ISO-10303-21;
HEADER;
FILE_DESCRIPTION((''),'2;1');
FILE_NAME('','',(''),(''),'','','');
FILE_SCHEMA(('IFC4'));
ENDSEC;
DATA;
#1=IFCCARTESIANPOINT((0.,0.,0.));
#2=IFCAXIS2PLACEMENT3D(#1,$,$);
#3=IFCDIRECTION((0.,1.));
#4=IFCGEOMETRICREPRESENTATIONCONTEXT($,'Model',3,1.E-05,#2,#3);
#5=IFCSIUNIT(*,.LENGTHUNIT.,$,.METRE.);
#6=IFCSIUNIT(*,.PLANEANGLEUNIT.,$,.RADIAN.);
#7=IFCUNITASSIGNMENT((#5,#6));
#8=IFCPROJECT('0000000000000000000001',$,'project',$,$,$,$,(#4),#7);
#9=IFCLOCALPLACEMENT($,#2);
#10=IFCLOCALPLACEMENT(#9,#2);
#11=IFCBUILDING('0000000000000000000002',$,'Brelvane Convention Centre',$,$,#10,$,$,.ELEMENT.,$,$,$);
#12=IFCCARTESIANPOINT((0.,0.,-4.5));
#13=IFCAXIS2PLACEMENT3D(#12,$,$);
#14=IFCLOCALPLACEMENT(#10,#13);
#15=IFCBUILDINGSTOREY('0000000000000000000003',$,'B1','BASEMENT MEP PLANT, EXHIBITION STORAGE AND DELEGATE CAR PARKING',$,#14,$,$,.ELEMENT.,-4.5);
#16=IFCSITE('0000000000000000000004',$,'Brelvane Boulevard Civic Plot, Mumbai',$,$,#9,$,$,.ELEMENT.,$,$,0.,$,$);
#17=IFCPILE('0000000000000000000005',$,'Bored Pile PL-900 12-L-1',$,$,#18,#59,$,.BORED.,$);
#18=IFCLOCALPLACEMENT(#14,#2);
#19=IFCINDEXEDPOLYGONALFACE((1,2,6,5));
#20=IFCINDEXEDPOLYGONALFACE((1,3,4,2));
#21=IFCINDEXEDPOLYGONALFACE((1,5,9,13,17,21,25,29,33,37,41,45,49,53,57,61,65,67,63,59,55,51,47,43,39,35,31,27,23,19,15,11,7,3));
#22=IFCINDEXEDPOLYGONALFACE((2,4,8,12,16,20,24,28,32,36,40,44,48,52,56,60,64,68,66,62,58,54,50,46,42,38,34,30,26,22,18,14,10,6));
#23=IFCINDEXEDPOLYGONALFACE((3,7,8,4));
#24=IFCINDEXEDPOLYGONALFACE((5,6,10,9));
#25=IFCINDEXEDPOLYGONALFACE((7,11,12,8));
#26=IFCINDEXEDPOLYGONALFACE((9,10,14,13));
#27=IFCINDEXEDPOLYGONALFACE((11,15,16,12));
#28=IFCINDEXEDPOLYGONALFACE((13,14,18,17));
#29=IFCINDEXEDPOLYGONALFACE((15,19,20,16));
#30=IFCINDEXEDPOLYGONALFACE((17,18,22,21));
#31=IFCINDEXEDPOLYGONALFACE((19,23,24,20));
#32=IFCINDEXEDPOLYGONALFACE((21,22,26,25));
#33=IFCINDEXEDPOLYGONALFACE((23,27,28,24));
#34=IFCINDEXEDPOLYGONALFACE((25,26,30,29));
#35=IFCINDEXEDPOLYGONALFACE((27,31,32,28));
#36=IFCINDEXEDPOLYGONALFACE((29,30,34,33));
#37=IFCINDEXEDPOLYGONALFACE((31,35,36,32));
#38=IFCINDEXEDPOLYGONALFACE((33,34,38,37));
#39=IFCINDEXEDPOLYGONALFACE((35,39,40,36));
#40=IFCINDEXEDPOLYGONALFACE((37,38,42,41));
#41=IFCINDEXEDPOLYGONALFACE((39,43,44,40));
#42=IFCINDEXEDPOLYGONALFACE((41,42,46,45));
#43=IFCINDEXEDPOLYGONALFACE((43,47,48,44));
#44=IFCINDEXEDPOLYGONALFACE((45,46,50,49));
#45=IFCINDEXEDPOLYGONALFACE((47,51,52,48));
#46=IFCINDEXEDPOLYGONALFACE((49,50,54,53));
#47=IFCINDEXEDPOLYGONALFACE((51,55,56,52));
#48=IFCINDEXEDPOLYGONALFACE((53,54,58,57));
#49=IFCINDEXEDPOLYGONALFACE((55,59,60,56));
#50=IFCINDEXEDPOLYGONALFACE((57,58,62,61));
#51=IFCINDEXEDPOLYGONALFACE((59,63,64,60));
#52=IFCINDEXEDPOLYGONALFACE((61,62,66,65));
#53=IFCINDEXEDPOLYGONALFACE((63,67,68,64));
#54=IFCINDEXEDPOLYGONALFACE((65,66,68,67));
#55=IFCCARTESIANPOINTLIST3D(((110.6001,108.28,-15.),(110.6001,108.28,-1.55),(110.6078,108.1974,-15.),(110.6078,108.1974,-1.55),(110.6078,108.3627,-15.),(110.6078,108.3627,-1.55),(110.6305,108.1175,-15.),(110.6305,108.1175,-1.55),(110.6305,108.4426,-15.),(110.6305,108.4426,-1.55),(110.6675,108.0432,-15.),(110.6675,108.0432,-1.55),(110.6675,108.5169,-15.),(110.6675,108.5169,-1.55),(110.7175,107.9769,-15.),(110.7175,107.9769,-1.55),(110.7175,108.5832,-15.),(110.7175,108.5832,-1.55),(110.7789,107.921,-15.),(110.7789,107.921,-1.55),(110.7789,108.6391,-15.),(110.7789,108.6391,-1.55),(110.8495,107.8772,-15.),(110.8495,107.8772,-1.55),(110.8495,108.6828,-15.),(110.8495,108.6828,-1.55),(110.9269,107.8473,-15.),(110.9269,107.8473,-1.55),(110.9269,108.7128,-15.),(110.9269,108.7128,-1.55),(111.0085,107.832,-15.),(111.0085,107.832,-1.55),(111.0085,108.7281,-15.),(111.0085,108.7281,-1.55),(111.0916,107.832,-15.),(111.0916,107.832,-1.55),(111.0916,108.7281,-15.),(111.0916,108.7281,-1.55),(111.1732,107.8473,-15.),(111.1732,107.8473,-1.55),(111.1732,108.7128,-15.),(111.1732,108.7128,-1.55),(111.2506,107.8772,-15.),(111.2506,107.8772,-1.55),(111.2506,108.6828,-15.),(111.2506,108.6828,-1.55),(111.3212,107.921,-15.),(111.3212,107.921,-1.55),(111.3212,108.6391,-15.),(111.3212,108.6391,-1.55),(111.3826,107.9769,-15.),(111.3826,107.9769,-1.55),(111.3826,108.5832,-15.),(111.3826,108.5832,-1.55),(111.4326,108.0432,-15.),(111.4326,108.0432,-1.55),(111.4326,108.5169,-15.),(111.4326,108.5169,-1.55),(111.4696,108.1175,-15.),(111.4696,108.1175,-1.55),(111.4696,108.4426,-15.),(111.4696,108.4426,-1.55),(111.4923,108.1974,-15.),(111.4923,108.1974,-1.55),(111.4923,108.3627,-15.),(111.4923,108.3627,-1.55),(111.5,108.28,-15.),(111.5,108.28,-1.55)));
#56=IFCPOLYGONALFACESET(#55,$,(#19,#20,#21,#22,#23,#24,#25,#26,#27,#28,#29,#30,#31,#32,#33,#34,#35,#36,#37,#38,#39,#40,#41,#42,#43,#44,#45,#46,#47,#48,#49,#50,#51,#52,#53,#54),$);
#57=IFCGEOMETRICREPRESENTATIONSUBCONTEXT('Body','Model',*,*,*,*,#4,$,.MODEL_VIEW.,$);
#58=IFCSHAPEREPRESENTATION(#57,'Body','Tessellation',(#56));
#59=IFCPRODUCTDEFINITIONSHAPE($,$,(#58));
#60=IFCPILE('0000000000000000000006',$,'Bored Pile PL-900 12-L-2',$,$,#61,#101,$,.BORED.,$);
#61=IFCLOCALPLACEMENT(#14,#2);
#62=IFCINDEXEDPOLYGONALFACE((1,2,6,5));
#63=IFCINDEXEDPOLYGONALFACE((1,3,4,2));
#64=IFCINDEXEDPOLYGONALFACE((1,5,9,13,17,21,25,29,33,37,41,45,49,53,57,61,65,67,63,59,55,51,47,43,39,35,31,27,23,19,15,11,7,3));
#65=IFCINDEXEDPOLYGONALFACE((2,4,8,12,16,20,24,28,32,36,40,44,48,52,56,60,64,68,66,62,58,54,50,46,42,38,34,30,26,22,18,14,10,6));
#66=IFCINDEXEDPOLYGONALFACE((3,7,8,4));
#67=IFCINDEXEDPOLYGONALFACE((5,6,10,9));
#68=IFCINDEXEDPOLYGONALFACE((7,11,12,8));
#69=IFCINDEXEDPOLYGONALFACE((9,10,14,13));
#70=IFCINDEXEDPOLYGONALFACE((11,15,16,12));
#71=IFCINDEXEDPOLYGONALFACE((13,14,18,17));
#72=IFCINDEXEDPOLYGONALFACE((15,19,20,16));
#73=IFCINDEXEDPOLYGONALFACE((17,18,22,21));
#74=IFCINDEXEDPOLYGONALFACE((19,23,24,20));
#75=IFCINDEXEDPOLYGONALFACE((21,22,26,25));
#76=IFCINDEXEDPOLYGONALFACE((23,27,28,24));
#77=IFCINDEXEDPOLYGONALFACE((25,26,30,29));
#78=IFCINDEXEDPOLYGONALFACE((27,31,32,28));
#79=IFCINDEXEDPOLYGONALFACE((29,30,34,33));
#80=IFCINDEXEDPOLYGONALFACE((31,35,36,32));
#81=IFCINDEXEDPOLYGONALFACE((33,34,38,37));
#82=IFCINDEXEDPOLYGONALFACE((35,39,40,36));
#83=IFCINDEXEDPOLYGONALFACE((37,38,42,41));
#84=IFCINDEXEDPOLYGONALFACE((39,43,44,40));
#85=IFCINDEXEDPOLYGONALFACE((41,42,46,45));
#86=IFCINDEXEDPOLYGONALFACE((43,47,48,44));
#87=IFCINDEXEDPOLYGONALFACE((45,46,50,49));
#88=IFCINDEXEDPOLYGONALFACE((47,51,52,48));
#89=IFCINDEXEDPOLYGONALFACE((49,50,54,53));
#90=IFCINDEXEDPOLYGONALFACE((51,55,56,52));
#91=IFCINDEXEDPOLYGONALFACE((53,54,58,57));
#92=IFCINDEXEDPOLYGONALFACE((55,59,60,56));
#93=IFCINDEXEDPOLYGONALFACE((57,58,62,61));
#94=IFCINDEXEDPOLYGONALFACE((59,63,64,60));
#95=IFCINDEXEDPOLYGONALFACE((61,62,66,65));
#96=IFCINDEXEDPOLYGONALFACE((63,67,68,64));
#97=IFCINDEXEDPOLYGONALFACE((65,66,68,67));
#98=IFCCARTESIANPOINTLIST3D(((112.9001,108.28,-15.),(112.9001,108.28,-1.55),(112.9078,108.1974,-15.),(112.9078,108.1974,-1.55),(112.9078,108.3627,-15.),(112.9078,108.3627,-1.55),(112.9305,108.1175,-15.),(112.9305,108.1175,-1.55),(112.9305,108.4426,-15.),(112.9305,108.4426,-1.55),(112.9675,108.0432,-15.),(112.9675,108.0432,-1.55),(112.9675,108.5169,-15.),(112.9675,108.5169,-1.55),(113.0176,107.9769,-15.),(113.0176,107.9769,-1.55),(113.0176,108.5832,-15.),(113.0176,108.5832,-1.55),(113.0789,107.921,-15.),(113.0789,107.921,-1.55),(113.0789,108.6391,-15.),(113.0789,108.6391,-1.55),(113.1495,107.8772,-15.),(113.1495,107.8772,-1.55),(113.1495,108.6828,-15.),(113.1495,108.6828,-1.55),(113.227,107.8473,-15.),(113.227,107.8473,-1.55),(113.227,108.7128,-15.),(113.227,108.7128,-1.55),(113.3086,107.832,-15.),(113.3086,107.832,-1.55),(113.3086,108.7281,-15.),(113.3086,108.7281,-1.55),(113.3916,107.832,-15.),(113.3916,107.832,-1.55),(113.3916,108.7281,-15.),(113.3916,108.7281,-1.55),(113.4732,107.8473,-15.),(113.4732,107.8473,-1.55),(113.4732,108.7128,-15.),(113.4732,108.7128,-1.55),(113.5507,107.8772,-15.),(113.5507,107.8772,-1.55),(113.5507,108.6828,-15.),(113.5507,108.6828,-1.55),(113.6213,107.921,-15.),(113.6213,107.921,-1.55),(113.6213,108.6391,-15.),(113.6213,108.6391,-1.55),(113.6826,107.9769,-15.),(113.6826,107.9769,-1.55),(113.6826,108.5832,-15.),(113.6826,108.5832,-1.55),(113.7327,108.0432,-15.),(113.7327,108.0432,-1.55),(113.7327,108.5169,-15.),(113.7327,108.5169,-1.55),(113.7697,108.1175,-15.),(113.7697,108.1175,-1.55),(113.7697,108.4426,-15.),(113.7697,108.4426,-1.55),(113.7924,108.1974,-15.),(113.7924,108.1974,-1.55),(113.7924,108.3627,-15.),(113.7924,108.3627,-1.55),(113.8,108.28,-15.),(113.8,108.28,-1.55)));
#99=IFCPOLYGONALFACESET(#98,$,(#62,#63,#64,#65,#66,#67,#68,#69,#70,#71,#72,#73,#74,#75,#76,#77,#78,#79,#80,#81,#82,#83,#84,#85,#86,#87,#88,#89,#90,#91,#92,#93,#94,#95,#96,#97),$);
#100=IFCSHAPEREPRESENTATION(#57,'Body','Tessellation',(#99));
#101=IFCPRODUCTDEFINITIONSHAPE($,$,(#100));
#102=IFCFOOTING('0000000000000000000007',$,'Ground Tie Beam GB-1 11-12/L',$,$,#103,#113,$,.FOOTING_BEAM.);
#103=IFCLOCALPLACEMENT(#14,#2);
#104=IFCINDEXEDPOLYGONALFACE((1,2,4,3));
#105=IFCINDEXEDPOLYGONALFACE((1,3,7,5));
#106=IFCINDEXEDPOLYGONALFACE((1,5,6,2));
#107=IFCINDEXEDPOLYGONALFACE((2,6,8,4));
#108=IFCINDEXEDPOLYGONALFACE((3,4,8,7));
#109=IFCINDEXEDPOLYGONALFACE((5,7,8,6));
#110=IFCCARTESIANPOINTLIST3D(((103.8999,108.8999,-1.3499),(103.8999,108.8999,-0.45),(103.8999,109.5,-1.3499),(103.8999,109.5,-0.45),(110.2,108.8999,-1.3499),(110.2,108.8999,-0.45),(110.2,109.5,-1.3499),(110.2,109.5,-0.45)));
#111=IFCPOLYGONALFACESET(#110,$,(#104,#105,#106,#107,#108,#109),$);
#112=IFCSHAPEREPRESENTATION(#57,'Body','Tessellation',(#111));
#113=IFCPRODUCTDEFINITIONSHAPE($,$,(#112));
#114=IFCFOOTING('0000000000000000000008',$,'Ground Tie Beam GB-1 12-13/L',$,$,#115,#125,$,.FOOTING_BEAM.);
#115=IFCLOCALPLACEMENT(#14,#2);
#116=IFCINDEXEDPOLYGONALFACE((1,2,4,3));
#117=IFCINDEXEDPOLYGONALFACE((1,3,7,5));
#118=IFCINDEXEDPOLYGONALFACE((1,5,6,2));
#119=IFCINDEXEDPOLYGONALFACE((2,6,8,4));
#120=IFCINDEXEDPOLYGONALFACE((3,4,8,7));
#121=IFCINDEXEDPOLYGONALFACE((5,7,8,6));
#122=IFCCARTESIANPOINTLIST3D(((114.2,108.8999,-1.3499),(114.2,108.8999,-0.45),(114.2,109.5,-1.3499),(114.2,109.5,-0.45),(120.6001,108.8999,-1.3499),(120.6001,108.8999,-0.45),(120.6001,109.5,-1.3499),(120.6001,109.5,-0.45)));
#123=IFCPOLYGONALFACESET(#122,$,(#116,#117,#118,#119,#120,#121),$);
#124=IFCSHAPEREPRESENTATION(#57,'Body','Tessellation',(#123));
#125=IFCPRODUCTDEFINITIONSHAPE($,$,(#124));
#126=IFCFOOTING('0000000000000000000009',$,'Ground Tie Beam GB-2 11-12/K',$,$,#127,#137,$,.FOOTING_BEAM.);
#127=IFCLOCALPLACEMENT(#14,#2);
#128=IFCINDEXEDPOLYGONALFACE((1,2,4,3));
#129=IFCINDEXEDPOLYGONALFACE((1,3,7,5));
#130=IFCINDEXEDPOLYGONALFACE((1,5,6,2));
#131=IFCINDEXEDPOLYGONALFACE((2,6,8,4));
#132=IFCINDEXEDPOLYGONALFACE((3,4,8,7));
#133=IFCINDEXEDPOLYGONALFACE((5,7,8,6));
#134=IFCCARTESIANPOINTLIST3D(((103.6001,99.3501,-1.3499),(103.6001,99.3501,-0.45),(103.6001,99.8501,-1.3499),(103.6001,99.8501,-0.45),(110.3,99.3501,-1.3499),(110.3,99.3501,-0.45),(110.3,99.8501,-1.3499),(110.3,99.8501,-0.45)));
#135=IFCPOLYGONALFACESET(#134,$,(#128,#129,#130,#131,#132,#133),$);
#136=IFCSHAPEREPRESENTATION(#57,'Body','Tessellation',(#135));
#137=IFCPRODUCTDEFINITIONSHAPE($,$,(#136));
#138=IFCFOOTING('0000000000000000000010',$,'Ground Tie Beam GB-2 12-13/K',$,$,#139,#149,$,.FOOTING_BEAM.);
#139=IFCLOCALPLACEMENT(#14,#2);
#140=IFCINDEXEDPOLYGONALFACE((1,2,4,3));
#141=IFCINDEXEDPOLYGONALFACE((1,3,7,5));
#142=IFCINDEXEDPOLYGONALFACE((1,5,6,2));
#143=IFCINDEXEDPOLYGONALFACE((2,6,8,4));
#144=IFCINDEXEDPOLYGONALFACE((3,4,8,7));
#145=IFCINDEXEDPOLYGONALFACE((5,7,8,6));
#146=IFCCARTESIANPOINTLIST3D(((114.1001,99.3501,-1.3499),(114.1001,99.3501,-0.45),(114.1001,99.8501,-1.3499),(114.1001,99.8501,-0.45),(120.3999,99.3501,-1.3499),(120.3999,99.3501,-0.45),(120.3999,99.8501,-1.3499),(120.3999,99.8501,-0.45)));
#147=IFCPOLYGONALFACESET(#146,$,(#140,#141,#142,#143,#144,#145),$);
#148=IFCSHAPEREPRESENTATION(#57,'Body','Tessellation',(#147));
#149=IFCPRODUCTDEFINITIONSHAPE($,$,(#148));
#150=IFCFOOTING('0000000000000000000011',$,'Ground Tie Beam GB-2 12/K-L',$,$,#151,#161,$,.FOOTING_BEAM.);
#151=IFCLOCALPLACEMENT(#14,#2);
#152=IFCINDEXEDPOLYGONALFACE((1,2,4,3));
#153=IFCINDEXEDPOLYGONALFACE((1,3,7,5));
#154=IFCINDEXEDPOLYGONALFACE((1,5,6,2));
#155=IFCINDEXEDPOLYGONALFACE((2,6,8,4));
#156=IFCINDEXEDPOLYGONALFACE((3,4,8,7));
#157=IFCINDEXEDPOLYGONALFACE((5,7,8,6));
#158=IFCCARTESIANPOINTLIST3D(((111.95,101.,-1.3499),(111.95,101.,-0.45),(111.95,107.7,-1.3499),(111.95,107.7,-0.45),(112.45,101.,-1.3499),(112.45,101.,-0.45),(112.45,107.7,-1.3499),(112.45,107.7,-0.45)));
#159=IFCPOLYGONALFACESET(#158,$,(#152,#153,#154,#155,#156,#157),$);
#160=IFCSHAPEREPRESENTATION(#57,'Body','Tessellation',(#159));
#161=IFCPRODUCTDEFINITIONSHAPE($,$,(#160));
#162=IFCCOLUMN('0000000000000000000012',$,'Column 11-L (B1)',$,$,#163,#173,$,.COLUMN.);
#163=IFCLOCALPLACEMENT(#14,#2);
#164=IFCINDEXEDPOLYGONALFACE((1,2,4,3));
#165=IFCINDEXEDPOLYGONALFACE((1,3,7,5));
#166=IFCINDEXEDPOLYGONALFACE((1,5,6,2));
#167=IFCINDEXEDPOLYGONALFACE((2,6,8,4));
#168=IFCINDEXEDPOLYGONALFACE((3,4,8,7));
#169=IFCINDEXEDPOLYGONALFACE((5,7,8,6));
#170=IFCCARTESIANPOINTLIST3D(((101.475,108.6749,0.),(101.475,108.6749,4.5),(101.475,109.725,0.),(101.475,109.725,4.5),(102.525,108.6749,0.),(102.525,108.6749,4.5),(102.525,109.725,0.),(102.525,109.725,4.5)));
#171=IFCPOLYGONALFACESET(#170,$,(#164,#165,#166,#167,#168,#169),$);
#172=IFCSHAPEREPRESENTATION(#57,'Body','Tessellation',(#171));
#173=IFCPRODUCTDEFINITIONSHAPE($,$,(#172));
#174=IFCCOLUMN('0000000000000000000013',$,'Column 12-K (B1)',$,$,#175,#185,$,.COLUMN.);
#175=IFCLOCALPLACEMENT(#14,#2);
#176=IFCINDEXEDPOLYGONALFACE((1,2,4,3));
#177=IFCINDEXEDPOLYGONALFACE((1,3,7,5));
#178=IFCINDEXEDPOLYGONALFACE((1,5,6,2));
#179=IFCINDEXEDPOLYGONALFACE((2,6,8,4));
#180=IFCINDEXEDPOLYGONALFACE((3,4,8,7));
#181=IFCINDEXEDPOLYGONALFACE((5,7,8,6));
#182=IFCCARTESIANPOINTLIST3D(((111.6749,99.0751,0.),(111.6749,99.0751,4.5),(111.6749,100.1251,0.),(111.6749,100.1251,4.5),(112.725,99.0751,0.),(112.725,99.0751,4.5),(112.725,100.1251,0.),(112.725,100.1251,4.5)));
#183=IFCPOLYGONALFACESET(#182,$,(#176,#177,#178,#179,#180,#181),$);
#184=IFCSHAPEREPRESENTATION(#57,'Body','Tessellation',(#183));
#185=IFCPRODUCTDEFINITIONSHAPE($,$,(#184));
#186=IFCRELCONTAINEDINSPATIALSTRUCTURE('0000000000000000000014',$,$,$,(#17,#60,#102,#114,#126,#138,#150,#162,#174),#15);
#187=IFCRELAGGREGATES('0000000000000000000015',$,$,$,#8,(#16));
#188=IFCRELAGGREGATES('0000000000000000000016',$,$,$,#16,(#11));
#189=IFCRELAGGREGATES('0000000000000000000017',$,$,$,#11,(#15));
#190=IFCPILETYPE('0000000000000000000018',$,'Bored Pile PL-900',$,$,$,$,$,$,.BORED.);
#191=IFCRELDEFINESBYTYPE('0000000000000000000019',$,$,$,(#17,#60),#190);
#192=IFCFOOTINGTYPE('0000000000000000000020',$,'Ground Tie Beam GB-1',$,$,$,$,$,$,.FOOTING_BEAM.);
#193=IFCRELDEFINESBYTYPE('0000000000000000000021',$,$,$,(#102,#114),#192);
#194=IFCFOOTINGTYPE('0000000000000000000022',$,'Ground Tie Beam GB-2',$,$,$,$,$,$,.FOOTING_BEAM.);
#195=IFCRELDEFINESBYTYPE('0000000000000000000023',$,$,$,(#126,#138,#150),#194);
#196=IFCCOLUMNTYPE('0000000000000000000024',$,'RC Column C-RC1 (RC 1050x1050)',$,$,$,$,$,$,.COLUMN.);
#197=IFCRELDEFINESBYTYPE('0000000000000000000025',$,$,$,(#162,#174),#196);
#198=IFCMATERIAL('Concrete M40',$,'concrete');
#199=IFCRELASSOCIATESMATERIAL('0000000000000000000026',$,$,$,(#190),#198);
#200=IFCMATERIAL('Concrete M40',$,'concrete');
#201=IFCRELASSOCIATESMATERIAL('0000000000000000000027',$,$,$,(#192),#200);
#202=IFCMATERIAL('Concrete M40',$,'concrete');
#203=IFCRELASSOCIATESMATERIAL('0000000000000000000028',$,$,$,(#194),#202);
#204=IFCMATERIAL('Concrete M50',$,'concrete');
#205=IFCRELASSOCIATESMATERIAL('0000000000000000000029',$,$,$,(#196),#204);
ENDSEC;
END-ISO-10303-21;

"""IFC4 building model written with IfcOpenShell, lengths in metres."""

from ifc_helpers import new_model, si_unit, direction, frame, origin, origin_2d, place, context, subcontext, project, spatial, rectangle, circle, extrude, material, material_profile, profile_set, type_object, element, save


model = new_model("IFC4")

# Units and contexts
model_context = context("Model", 3, precision=1e-05, world=origin(), true_north=direction((0.0, 1.0)))
body_context = subcontext(model_context, "Body", "Model", "MODEL_VIEW")
ifc_project = project(units=[si_unit("LENGTHUNIT", "METRE"), si_unit("PLANEANGLEUNIT", "RADIAN")], contexts=[model_context])

# Site, building, storey
site_placement = place(None, origin())
site = spatial("IfcSite", under=ifc_project, at=site_placement, Name="Brelvane Boulevard Civic Plot, Mumbai", CompositionType="ELEMENT", RefElevation=0.0)
building_placement = place(site_placement, origin())
building = spatial("IfcBuilding", under=site, at=building_placement, Name="Brelvane Convention Centre", CompositionType="ELEMENT")
storey_placement = place(building_placement, frame((0.0, 0.0, -4.5)))
storey = spatial("IfcBuildingStorey", under=building, at=storey_placement, Name="B1", Description="BASEMENT MEP PLANT, EXHIBITION STORAGE AND DELEGATE CAR PARKING", CompositionType="ELEMENT", Elevation=-4.5)

# Piles
ifc_material_1 = material(Name="Concrete M40", Category="concrete")
ifc_material_profile_1 = material_profile(ifc_material_1, circle(Radius=0.45, at=origin_2d()), Name="PILE D900")
ifc_profile_set_1 = profile_set([ifc_material_profile_1], Name="Concrete M40")
pile_type = type_object("IfcPileType", Name="Bored Pile PL-900", PredefinedType="BORED", material=ifc_profile_set_1)
for number, where, z_axis, x_axis, name in (
    (1, (111.05, 108.28, -1.55), (0.0, 0.0, -1.0), (1.0, 0.0, 0.0), "Bored Pile PL-900 12-L-1"),
    (2, (113.3501, 108.28, -1.55), (0.0, 0.0, -1.0), (1.0, 0.0, 0.0), "Bored Pile PL-900 12-L-2"),
):
    element("IfcPile", number, at=place(storey_placement, frame(where, z_axis=z_axis, x_axis=x_axis)), inside=storey, type_object=pile_type, Name=name, PredefinedType="BORED", context=body_context, shape_type="SweptSolid", body=[
        extrude(circle(Radius=0.45, at=origin_2d()), origin(), (0.0, 0.0, 1.0), 13.45),
    ])

# Footings
ifc_material_2 = material(Name="Concrete M40", Category="concrete")
ifc_material_profile_2 = material_profile(ifc_material_2, rectangle(XDim=0.6001, YDim=0.8999, at=origin_2d()), Name="RC 600x900")
ifc_profile_set_2 = profile_set([ifc_material_profile_2], Name="Concrete M40")
footing_type_1 = type_object("IfcFootingType", Name="Ground Tie Beam GB-1", PredefinedType="FOOTING_BEAM", material=ifc_profile_set_2)
footing_1_placement = place(storey_placement, frame((103.8999, 109.2, -0.8999), z_axis=(1.0, 0.0, 0.0), x_axis=(0.0, 1.0, 0.0)))
element("IfcFooting", 3, at=footing_1_placement, inside=storey, type_object=footing_type_1, Name="Ground Tie Beam GB-1 11-12/L", PredefinedType="FOOTING_BEAM", context=body_context, shape_type="SweptSolid", body=[
    extrude(rectangle(XDim=0.6001, YDim=0.8999, at=origin_2d()), origin(), (0.0, 0.0, 1.0), 6.3),
])
footing_2_placement = place(storey_placement, frame((114.2, 109.2, -0.8999), z_axis=(1.0, 0.0, 0.0), x_axis=(0.0, 1.0, 0.0)))
element("IfcFooting", 4, at=footing_2_placement, inside=storey, type_object=footing_type_1, Name="Ground Tie Beam GB-1 12-13/L", PredefinedType="FOOTING_BEAM", context=body_context, shape_type="SweptSolid", body=[
    extrude(rectangle(XDim=0.6001, YDim=0.8999, at=origin_2d()), origin(), (0.0, 0.0, 1.0), 6.4001),
])
ifc_material_3 = material(Name="Concrete M40", Category="concrete")
ifc_material_profile_3 = material_profile(ifc_material_3, rectangle(XDim=0.5, YDim=0.8999, at=origin_2d()), Name="RC 500x900")
ifc_profile_set_3 = profile_set([ifc_material_profile_3], Name="Concrete M40")
footing_type_2 = type_object("IfcFootingType", Name="Ground Tie Beam GB-2", PredefinedType="FOOTING_BEAM", material=ifc_profile_set_3)
footing_3_placement = place(storey_placement, frame((103.6001, 99.6001, -0.8999), z_axis=(1.0, 0.0, 0.0), x_axis=(0.0, 1.0, 0.0)))
element("IfcFooting", 5, at=footing_3_placement, inside=storey, type_object=footing_type_2, Name="Ground Tie Beam GB-2 11-12/K", PredefinedType="FOOTING_BEAM", context=body_context, shape_type="SweptSolid", body=[
    extrude(rectangle(XDim=0.5, YDim=0.8999, at=origin_2d()), origin(), (0.0, 0.0, 1.0), 6.7),
])
footing_4_placement = place(storey_placement, frame((114.1001, 99.6001, -0.8999), z_axis=(1.0, 0.0, 0.0), x_axis=(0.0, 1.0, 0.0)))
element("IfcFooting", 6, at=footing_4_placement, inside=storey, type_object=footing_type_2, Name="Ground Tie Beam GB-2 12-13/K", PredefinedType="FOOTING_BEAM", context=body_context, shape_type="SweptSolid", body=[
    extrude(rectangle(XDim=0.5, YDim=0.8999, at=origin_2d()), origin(), (0.0, 0.0, 1.0), 6.2998),
])
footing_5_placement = place(storey_placement, frame((112.2, 101.0, -0.8999), z_axis=(0.0, 1.0, 0.0), x_axis=(-1.0, 0.0, 0.0)))
element("IfcFooting", 7, at=footing_5_placement, inside=storey, type_object=footing_type_2, Name="Ground Tie Beam GB-2 12/K-L", PredefinedType="FOOTING_BEAM", context=body_context, shape_type="SweptSolid", body=[
    extrude(rectangle(XDim=0.5, YDim=0.8999, at=origin_2d()), origin(), (0.0, 0.0, 1.0), 6.7),
])

# Columns
ifc_material_4 = material(Name="Concrete M50", Category="concrete")
ifc_material_profile_4 = material_profile(ifc_material_4, rectangle(XDim=1.05, YDim=1.05, at=origin_2d()), Name="RC 1050x1050")
ifc_profile_set_4 = profile_set([ifc_material_profile_4], Name="Concrete M50")
column_type_1 = type_object("IfcColumnType", Name="RC Column C-RC1 (RC 1050x1050)", PredefinedType="COLUMN", material=ifc_profile_set_4)
for number, where, z_axis, x_axis, name in (
    (8, (102.0, 109.2, 0.0), (0.0, 0.0, 1.0), (1.0, 0.0, 0.0), "Column 11-L (B1)"),
    (9, (112.2, 99.6001, 0.0), (0.0, 0.0, 1.0), (1.0, 0.0, 0.0), "Column 12-K (B1)"),
):
    element("IfcColumn", number, at=place(storey_placement, frame(where, z_axis=z_axis, x_axis=x_axis)), inside=storey, type_object=column_type_1, Name=name, PredefinedType="COLUMN", context=body_context, shape_type="SweptSolid", body=[
        extrude(rectangle(XDim=1.05, YDim=1.05, at=origin_2d()), origin(), (0.0, 0.0, 1.0), 4.5),
    ])

save(model, "model.ifc")
